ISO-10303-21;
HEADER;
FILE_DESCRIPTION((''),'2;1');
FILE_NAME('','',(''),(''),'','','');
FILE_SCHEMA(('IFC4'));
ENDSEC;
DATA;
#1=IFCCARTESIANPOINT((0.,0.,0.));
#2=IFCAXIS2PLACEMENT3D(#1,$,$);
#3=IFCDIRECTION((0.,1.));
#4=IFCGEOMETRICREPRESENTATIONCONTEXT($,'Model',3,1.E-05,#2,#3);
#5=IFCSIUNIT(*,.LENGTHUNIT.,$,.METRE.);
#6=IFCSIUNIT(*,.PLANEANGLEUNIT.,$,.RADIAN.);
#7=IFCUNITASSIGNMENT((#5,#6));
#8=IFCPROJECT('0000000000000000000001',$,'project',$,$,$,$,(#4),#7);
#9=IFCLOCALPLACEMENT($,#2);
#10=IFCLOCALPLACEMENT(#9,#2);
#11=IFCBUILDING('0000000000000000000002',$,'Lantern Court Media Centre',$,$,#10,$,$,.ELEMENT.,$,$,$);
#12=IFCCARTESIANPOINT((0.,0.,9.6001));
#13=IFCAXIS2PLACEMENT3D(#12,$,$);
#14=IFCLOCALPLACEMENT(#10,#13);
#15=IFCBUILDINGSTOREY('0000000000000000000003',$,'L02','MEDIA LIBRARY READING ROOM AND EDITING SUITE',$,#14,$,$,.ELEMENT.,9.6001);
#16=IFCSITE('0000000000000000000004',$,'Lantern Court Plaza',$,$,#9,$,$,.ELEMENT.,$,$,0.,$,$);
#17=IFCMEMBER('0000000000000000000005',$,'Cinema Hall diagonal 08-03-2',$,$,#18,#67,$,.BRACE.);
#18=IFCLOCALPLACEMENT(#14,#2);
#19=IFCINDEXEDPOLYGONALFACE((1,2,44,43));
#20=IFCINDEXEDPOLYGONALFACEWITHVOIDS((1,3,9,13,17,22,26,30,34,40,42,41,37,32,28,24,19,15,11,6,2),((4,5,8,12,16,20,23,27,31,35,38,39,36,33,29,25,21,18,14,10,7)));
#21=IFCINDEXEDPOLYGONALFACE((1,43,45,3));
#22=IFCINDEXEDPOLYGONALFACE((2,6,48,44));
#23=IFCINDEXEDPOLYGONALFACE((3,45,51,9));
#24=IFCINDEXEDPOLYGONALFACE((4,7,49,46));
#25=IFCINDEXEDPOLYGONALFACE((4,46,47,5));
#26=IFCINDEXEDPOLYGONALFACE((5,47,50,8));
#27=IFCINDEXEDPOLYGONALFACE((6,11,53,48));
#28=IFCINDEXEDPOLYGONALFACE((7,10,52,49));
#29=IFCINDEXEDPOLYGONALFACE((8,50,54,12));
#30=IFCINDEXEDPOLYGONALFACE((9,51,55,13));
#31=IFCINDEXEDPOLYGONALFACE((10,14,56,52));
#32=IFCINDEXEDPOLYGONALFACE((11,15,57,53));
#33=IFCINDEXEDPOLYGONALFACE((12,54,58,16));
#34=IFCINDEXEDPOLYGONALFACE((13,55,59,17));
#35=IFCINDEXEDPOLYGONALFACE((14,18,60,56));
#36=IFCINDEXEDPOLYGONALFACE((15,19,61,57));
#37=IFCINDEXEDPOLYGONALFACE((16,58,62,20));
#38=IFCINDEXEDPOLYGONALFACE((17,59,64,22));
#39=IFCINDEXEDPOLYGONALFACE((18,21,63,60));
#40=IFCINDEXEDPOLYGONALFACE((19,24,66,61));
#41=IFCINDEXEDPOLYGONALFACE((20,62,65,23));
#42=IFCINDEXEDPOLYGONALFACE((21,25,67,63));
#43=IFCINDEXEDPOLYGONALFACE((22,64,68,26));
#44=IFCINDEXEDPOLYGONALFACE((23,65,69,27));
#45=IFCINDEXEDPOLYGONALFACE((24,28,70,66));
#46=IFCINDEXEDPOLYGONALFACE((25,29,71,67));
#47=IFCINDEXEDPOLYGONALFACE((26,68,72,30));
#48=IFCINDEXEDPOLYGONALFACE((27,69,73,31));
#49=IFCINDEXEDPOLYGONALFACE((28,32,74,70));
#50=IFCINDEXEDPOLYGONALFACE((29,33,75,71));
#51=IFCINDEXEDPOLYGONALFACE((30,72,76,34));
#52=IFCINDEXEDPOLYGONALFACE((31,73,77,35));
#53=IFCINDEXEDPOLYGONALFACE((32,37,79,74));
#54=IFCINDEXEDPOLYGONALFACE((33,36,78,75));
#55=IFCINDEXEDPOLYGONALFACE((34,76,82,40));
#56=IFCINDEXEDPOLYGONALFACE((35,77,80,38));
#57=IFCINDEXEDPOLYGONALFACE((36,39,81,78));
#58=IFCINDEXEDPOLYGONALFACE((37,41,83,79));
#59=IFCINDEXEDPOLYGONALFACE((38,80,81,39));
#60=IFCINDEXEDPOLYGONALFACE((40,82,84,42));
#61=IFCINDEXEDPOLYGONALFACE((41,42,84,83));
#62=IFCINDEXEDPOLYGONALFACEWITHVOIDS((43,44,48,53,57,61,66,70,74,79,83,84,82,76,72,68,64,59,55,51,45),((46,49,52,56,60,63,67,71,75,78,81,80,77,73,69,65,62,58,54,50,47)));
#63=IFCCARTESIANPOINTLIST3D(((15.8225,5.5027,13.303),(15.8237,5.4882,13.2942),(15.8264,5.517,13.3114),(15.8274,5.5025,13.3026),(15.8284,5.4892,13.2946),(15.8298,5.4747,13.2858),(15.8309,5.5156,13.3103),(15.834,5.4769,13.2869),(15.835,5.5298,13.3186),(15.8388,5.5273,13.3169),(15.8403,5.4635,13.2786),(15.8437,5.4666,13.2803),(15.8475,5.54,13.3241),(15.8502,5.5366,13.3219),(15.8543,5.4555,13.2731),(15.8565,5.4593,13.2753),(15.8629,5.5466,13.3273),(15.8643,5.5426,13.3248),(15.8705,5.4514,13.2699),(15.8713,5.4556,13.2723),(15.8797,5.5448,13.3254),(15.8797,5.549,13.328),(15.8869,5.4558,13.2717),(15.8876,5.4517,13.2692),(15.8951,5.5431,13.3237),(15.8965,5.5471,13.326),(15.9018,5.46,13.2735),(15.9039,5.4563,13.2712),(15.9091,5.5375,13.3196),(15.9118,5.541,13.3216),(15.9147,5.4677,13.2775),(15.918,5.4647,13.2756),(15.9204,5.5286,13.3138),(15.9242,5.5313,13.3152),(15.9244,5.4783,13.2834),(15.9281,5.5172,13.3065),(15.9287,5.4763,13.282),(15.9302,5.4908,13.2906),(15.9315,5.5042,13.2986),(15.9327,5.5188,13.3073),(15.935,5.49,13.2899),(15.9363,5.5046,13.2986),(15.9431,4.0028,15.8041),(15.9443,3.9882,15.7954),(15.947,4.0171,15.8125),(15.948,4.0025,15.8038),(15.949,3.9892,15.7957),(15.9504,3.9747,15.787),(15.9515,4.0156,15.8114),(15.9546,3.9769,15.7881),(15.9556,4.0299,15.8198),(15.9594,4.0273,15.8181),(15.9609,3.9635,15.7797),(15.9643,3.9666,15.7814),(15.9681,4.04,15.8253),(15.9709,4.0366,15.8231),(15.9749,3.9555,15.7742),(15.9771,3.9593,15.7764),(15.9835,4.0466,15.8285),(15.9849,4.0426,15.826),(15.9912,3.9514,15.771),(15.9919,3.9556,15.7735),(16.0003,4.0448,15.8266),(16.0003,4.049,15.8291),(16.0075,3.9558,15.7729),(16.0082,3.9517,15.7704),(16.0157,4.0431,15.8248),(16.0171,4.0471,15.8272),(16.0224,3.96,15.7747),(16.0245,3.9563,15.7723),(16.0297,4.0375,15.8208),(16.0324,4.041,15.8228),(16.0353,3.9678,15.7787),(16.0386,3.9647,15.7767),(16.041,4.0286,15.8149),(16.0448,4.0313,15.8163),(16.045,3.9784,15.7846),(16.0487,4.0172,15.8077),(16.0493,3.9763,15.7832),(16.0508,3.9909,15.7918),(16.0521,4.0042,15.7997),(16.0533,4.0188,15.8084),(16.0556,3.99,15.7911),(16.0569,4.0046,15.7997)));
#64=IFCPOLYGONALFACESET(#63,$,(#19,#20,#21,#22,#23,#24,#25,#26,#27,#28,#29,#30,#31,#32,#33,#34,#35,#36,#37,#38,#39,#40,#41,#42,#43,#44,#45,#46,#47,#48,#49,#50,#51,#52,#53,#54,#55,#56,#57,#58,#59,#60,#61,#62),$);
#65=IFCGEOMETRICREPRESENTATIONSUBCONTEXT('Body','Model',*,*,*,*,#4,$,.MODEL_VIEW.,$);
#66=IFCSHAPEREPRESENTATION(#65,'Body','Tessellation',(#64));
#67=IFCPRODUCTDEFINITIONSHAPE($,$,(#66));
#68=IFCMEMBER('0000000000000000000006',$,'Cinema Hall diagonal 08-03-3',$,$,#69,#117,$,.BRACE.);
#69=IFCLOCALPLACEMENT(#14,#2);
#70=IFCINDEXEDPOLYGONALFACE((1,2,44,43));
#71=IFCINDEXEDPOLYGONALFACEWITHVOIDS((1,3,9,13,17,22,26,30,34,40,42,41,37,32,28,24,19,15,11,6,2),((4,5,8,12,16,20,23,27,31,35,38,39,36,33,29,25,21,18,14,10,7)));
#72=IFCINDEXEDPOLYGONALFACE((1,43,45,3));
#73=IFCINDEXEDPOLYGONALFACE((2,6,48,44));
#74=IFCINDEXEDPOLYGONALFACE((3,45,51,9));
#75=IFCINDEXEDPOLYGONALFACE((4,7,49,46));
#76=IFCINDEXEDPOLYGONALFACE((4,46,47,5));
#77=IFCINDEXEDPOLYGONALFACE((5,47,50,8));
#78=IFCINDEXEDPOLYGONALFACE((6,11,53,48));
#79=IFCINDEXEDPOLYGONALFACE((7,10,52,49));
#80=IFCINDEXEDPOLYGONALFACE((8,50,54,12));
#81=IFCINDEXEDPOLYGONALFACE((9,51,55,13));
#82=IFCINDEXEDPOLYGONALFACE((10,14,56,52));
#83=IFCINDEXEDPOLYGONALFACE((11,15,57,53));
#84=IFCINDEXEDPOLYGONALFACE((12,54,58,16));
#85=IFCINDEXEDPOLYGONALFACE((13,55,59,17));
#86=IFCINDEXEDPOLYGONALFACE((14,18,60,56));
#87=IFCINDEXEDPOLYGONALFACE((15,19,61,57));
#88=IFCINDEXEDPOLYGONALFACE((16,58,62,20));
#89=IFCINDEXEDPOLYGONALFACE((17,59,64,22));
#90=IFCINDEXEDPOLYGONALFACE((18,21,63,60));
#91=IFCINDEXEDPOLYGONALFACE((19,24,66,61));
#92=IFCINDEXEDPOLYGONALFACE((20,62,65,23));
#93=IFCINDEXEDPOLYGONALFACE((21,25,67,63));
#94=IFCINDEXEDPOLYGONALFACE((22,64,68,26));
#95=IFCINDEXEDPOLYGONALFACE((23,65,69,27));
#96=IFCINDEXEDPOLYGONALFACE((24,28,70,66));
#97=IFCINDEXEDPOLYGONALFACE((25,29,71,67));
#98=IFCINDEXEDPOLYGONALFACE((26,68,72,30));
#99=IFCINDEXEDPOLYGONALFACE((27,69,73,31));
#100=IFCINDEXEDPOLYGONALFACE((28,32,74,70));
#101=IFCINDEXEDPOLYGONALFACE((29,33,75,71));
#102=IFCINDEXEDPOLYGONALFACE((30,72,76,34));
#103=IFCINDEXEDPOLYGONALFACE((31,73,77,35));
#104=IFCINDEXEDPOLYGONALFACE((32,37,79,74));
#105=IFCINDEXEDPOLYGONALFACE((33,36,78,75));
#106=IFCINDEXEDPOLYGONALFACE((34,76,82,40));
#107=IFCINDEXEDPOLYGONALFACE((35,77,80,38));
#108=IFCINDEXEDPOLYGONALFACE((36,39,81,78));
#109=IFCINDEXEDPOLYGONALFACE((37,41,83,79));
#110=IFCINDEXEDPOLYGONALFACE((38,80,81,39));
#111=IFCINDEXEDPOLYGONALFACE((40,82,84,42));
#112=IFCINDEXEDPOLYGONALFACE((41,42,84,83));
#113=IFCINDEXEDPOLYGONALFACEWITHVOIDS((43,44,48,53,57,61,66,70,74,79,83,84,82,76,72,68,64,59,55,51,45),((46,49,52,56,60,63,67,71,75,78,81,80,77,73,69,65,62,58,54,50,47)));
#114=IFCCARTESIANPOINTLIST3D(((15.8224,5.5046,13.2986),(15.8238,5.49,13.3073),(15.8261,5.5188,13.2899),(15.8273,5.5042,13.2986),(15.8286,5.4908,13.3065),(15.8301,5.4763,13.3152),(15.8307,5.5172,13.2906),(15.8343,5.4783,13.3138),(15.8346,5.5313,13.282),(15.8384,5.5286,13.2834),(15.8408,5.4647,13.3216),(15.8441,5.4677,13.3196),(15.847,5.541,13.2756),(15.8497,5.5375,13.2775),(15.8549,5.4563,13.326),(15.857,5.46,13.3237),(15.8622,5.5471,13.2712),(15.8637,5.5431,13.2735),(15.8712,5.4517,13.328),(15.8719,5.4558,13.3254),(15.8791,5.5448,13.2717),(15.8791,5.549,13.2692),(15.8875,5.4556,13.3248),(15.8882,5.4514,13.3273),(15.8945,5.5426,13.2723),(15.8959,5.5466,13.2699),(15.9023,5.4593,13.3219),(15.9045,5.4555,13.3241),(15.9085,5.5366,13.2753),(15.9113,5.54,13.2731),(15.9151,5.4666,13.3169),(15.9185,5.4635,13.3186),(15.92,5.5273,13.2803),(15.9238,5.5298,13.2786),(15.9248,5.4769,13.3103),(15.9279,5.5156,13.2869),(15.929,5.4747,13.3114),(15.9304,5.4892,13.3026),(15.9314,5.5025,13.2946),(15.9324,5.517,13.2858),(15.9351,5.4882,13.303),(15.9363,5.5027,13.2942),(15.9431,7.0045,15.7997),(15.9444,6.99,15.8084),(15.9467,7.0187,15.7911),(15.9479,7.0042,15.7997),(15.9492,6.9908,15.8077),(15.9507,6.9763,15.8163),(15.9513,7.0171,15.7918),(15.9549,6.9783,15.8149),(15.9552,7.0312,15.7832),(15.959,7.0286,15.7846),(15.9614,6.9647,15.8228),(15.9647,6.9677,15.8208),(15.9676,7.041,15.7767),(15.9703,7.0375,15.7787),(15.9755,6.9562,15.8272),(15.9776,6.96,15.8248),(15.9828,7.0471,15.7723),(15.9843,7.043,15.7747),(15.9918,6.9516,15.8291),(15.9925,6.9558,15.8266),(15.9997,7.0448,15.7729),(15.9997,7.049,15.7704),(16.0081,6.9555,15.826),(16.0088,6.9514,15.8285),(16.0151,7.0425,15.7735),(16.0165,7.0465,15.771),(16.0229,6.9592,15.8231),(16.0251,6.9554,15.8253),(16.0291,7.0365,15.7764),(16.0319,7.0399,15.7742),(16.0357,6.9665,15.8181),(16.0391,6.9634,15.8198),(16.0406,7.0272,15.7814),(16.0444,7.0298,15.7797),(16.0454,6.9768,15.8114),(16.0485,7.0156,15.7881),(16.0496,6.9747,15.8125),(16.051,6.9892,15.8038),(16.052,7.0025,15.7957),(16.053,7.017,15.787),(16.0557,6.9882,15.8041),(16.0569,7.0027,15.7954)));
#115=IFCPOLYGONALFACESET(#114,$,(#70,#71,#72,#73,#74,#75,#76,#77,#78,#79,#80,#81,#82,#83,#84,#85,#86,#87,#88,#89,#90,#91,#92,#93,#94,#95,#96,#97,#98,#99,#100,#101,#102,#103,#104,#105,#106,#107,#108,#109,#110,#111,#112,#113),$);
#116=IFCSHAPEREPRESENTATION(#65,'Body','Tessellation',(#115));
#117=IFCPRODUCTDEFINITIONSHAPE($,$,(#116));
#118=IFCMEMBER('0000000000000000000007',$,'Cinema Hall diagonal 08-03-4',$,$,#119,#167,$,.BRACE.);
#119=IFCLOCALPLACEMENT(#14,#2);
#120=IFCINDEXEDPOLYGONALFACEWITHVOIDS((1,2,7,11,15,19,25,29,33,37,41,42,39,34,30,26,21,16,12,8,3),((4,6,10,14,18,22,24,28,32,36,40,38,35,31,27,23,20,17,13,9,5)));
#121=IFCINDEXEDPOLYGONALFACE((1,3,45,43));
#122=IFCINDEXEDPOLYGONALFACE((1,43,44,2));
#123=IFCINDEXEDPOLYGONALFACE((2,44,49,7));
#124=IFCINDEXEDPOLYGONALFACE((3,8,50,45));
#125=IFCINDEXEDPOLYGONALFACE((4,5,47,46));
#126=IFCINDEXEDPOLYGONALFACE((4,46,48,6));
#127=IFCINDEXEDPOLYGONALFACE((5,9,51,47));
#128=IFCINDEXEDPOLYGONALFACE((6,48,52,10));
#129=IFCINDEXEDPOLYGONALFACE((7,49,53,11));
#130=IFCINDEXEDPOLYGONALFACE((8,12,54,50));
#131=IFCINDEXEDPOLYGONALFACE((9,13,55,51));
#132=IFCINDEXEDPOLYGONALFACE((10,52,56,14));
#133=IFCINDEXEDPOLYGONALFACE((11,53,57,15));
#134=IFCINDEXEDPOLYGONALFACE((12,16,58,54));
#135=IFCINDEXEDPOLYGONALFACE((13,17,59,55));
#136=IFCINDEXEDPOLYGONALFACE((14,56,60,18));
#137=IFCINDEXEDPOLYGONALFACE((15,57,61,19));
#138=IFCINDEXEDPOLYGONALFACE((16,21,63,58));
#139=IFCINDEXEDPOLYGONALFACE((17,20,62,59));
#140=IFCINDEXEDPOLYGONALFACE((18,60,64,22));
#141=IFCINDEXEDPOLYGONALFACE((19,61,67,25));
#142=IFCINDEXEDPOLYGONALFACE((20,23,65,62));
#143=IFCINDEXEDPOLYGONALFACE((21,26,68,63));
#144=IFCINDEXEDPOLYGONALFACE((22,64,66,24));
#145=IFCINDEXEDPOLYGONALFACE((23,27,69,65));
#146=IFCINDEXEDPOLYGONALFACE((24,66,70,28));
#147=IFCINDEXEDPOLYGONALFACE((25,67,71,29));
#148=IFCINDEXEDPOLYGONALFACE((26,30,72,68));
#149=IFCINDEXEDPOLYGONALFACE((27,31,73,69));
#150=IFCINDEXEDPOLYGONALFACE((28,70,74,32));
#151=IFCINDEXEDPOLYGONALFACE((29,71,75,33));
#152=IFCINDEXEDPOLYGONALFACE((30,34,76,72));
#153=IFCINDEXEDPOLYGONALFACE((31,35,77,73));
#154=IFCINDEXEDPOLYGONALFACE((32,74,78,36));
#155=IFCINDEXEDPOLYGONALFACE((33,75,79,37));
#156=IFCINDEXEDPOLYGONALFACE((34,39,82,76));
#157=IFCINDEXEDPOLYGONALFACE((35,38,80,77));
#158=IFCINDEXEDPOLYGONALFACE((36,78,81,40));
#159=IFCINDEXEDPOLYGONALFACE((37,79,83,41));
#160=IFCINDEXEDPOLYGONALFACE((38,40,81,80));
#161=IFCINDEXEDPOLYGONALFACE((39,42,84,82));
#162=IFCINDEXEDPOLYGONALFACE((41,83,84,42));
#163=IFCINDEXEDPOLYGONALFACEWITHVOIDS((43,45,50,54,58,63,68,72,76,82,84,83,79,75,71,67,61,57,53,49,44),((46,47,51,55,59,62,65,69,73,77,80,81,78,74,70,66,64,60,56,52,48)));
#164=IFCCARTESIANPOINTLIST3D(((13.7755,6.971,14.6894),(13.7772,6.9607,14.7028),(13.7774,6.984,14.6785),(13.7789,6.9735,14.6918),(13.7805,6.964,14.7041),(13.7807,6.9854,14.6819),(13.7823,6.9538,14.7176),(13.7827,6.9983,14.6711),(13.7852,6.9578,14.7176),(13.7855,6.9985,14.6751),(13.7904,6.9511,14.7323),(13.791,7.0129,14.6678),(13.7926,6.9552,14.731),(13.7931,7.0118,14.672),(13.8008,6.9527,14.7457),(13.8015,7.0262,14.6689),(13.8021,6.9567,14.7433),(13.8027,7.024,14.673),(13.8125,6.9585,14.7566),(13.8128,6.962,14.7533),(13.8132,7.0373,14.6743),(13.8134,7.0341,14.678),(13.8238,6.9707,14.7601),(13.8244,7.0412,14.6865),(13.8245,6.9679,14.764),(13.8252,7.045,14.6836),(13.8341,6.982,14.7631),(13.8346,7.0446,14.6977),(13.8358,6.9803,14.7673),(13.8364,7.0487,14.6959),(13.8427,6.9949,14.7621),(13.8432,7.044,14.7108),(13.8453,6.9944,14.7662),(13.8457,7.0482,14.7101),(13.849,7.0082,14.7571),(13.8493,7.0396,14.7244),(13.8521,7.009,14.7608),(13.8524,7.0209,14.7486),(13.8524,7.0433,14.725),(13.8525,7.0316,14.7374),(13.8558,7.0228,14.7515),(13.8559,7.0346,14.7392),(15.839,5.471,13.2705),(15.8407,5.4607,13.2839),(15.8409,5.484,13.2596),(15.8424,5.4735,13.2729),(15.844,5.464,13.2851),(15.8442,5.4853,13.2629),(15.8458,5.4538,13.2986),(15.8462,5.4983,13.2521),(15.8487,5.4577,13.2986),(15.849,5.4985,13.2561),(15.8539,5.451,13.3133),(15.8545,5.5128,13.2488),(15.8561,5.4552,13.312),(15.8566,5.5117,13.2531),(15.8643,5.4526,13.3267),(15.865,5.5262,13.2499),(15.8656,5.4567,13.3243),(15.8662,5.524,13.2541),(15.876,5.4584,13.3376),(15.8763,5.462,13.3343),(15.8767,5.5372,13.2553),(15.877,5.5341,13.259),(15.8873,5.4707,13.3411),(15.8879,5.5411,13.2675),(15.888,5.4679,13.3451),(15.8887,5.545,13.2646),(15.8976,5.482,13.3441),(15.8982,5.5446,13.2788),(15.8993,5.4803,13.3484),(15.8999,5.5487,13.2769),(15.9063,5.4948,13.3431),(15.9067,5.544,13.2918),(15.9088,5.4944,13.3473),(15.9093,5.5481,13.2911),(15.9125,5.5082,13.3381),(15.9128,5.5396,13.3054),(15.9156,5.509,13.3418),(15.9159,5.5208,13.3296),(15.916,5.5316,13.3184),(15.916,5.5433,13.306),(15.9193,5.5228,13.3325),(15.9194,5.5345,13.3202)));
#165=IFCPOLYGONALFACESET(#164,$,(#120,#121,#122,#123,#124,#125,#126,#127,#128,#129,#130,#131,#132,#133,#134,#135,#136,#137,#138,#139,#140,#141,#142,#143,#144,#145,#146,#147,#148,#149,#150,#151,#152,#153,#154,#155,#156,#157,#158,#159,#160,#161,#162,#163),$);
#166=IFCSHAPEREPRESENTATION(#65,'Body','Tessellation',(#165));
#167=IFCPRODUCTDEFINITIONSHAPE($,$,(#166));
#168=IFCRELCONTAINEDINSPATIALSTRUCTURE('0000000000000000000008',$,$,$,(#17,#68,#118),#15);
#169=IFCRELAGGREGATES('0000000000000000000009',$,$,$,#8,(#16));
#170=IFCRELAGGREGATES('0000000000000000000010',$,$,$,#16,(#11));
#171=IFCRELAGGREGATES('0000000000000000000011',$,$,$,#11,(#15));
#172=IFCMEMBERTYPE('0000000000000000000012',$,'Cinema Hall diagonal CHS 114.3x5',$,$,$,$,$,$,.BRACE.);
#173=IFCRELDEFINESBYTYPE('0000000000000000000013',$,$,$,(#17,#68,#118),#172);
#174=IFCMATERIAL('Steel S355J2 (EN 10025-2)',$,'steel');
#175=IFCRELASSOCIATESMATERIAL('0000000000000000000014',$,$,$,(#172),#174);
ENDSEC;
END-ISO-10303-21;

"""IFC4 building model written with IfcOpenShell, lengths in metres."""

from ifc_helpers import new_model, si_unit, direction, frame, origin, origin_2d, place, context, subcontext, project, spatial, hollow_circle, extrude, material, material_profile, profile_set, type_object, element, save


model = new_model("IFC4")

# Units and contexts
model_context = context("Model", 3, precision=1e-05, world=origin(), true_north=direction((0.0, 1.0)))
body_context = subcontext(model_context, "Body", "Model", "MODEL_VIEW")
ifc_project = project(units=[si_unit("LENGTHUNIT", "METRE"), si_unit("PLANEANGLEUNIT", "RADIAN")], contexts=[model_context])

# Site, building, storey
site_placement = place(None, origin())
site = spatial("IfcSite", under=ifc_project, at=site_placement, Name="Lantern Court Plaza", CompositionType="ELEMENT", RefElevation=0.0)
building_placement = place(site_placement, origin())
building = spatial("IfcBuilding", under=site, at=building_placement, Name="Lantern Court Media Centre", CompositionType="ELEMENT")
storey_placement = place(building_placement, frame((0.0, 0.0, 9.6001)))
storey = spatial("IfcBuildingStorey", under=building, at=storey_placement, Name="L02", Description="MEDIA LIBRARY READING ROOM AND EDITING SUITE", CompositionType="ELEMENT", Elevation=9.6001)

# Members
ifc_material = material(Name="Steel S355J2 (EN 10025-2)", Category="steel")
ifc_material_profile_1 = material_profile(ifc_material, hollow_circle(Radius=0.0571, WallThickness=0.0049, at=origin_2d()), Name="Cinema Hall diagonal CHS 114.3x5")
ifc_profile_set_1 = profile_set([ifc_material_profile_1], Name="Steel S355J2 (EN 10025-2)")
member_type_1 = type_object("IfcMemberType", Name="Cinema Hall diagonal CHS 114.3x5", PredefinedType="BRACE", material=ifc_profile_set_1)
for number, where, z_axis, x_axis, name in (
    (1, (15.8794, 5.5, 13.2986), (0.041317, -0.513872, 0.856871), (0.996783, 0.080145, 0.0), "Cinema Hall diagonal 08-03-2"),
    (2, (15.8794, 5.5, 13.2986), (0.041317, 0.513872, 0.856871), (-0.996783, 0.080145, 0.0), "Cinema Hall diagonal 08-03-3"),
):
    element("IfcMember", number, at=place(storey_placement, frame(where, z_axis=z_axis, x_axis=x_axis)), inside=storey, type_object=member_type_1, Name=name, PredefinedType="BRACE", context=body_context, shape_type="SweptSolid", body=[
        extrude(hollow_circle(Radius=0.0571, WallThickness=0.0049, at=origin_2d()), origin(), (0.0, 0.0, 1.0), 2.9189),
    ])
for number, where, z_axis, x_axis, name in (
    (3, (15.8794, 5.5, 13.2986), (-0.70688, 0.513851, 0.486084), (-0.58799, -0.808868, 0.0), "Cinema Hall diagonal 08-03-4"),
):
    element("IfcMember", number, at=place(storey_placement, frame(where, z_axis=z_axis, x_axis=x_axis)), inside=storey, type_object=member_type_1, Name=name, PredefinedType="BRACE", context=body_context, shape_type="SweptSolid", body=[
        extrude(hollow_circle(Radius=0.0571, WallThickness=0.0049, at=origin_2d()), origin(), (0.0, 0.0, 1.0), 2.9192),
    ])

save(model, "model.ifc")
